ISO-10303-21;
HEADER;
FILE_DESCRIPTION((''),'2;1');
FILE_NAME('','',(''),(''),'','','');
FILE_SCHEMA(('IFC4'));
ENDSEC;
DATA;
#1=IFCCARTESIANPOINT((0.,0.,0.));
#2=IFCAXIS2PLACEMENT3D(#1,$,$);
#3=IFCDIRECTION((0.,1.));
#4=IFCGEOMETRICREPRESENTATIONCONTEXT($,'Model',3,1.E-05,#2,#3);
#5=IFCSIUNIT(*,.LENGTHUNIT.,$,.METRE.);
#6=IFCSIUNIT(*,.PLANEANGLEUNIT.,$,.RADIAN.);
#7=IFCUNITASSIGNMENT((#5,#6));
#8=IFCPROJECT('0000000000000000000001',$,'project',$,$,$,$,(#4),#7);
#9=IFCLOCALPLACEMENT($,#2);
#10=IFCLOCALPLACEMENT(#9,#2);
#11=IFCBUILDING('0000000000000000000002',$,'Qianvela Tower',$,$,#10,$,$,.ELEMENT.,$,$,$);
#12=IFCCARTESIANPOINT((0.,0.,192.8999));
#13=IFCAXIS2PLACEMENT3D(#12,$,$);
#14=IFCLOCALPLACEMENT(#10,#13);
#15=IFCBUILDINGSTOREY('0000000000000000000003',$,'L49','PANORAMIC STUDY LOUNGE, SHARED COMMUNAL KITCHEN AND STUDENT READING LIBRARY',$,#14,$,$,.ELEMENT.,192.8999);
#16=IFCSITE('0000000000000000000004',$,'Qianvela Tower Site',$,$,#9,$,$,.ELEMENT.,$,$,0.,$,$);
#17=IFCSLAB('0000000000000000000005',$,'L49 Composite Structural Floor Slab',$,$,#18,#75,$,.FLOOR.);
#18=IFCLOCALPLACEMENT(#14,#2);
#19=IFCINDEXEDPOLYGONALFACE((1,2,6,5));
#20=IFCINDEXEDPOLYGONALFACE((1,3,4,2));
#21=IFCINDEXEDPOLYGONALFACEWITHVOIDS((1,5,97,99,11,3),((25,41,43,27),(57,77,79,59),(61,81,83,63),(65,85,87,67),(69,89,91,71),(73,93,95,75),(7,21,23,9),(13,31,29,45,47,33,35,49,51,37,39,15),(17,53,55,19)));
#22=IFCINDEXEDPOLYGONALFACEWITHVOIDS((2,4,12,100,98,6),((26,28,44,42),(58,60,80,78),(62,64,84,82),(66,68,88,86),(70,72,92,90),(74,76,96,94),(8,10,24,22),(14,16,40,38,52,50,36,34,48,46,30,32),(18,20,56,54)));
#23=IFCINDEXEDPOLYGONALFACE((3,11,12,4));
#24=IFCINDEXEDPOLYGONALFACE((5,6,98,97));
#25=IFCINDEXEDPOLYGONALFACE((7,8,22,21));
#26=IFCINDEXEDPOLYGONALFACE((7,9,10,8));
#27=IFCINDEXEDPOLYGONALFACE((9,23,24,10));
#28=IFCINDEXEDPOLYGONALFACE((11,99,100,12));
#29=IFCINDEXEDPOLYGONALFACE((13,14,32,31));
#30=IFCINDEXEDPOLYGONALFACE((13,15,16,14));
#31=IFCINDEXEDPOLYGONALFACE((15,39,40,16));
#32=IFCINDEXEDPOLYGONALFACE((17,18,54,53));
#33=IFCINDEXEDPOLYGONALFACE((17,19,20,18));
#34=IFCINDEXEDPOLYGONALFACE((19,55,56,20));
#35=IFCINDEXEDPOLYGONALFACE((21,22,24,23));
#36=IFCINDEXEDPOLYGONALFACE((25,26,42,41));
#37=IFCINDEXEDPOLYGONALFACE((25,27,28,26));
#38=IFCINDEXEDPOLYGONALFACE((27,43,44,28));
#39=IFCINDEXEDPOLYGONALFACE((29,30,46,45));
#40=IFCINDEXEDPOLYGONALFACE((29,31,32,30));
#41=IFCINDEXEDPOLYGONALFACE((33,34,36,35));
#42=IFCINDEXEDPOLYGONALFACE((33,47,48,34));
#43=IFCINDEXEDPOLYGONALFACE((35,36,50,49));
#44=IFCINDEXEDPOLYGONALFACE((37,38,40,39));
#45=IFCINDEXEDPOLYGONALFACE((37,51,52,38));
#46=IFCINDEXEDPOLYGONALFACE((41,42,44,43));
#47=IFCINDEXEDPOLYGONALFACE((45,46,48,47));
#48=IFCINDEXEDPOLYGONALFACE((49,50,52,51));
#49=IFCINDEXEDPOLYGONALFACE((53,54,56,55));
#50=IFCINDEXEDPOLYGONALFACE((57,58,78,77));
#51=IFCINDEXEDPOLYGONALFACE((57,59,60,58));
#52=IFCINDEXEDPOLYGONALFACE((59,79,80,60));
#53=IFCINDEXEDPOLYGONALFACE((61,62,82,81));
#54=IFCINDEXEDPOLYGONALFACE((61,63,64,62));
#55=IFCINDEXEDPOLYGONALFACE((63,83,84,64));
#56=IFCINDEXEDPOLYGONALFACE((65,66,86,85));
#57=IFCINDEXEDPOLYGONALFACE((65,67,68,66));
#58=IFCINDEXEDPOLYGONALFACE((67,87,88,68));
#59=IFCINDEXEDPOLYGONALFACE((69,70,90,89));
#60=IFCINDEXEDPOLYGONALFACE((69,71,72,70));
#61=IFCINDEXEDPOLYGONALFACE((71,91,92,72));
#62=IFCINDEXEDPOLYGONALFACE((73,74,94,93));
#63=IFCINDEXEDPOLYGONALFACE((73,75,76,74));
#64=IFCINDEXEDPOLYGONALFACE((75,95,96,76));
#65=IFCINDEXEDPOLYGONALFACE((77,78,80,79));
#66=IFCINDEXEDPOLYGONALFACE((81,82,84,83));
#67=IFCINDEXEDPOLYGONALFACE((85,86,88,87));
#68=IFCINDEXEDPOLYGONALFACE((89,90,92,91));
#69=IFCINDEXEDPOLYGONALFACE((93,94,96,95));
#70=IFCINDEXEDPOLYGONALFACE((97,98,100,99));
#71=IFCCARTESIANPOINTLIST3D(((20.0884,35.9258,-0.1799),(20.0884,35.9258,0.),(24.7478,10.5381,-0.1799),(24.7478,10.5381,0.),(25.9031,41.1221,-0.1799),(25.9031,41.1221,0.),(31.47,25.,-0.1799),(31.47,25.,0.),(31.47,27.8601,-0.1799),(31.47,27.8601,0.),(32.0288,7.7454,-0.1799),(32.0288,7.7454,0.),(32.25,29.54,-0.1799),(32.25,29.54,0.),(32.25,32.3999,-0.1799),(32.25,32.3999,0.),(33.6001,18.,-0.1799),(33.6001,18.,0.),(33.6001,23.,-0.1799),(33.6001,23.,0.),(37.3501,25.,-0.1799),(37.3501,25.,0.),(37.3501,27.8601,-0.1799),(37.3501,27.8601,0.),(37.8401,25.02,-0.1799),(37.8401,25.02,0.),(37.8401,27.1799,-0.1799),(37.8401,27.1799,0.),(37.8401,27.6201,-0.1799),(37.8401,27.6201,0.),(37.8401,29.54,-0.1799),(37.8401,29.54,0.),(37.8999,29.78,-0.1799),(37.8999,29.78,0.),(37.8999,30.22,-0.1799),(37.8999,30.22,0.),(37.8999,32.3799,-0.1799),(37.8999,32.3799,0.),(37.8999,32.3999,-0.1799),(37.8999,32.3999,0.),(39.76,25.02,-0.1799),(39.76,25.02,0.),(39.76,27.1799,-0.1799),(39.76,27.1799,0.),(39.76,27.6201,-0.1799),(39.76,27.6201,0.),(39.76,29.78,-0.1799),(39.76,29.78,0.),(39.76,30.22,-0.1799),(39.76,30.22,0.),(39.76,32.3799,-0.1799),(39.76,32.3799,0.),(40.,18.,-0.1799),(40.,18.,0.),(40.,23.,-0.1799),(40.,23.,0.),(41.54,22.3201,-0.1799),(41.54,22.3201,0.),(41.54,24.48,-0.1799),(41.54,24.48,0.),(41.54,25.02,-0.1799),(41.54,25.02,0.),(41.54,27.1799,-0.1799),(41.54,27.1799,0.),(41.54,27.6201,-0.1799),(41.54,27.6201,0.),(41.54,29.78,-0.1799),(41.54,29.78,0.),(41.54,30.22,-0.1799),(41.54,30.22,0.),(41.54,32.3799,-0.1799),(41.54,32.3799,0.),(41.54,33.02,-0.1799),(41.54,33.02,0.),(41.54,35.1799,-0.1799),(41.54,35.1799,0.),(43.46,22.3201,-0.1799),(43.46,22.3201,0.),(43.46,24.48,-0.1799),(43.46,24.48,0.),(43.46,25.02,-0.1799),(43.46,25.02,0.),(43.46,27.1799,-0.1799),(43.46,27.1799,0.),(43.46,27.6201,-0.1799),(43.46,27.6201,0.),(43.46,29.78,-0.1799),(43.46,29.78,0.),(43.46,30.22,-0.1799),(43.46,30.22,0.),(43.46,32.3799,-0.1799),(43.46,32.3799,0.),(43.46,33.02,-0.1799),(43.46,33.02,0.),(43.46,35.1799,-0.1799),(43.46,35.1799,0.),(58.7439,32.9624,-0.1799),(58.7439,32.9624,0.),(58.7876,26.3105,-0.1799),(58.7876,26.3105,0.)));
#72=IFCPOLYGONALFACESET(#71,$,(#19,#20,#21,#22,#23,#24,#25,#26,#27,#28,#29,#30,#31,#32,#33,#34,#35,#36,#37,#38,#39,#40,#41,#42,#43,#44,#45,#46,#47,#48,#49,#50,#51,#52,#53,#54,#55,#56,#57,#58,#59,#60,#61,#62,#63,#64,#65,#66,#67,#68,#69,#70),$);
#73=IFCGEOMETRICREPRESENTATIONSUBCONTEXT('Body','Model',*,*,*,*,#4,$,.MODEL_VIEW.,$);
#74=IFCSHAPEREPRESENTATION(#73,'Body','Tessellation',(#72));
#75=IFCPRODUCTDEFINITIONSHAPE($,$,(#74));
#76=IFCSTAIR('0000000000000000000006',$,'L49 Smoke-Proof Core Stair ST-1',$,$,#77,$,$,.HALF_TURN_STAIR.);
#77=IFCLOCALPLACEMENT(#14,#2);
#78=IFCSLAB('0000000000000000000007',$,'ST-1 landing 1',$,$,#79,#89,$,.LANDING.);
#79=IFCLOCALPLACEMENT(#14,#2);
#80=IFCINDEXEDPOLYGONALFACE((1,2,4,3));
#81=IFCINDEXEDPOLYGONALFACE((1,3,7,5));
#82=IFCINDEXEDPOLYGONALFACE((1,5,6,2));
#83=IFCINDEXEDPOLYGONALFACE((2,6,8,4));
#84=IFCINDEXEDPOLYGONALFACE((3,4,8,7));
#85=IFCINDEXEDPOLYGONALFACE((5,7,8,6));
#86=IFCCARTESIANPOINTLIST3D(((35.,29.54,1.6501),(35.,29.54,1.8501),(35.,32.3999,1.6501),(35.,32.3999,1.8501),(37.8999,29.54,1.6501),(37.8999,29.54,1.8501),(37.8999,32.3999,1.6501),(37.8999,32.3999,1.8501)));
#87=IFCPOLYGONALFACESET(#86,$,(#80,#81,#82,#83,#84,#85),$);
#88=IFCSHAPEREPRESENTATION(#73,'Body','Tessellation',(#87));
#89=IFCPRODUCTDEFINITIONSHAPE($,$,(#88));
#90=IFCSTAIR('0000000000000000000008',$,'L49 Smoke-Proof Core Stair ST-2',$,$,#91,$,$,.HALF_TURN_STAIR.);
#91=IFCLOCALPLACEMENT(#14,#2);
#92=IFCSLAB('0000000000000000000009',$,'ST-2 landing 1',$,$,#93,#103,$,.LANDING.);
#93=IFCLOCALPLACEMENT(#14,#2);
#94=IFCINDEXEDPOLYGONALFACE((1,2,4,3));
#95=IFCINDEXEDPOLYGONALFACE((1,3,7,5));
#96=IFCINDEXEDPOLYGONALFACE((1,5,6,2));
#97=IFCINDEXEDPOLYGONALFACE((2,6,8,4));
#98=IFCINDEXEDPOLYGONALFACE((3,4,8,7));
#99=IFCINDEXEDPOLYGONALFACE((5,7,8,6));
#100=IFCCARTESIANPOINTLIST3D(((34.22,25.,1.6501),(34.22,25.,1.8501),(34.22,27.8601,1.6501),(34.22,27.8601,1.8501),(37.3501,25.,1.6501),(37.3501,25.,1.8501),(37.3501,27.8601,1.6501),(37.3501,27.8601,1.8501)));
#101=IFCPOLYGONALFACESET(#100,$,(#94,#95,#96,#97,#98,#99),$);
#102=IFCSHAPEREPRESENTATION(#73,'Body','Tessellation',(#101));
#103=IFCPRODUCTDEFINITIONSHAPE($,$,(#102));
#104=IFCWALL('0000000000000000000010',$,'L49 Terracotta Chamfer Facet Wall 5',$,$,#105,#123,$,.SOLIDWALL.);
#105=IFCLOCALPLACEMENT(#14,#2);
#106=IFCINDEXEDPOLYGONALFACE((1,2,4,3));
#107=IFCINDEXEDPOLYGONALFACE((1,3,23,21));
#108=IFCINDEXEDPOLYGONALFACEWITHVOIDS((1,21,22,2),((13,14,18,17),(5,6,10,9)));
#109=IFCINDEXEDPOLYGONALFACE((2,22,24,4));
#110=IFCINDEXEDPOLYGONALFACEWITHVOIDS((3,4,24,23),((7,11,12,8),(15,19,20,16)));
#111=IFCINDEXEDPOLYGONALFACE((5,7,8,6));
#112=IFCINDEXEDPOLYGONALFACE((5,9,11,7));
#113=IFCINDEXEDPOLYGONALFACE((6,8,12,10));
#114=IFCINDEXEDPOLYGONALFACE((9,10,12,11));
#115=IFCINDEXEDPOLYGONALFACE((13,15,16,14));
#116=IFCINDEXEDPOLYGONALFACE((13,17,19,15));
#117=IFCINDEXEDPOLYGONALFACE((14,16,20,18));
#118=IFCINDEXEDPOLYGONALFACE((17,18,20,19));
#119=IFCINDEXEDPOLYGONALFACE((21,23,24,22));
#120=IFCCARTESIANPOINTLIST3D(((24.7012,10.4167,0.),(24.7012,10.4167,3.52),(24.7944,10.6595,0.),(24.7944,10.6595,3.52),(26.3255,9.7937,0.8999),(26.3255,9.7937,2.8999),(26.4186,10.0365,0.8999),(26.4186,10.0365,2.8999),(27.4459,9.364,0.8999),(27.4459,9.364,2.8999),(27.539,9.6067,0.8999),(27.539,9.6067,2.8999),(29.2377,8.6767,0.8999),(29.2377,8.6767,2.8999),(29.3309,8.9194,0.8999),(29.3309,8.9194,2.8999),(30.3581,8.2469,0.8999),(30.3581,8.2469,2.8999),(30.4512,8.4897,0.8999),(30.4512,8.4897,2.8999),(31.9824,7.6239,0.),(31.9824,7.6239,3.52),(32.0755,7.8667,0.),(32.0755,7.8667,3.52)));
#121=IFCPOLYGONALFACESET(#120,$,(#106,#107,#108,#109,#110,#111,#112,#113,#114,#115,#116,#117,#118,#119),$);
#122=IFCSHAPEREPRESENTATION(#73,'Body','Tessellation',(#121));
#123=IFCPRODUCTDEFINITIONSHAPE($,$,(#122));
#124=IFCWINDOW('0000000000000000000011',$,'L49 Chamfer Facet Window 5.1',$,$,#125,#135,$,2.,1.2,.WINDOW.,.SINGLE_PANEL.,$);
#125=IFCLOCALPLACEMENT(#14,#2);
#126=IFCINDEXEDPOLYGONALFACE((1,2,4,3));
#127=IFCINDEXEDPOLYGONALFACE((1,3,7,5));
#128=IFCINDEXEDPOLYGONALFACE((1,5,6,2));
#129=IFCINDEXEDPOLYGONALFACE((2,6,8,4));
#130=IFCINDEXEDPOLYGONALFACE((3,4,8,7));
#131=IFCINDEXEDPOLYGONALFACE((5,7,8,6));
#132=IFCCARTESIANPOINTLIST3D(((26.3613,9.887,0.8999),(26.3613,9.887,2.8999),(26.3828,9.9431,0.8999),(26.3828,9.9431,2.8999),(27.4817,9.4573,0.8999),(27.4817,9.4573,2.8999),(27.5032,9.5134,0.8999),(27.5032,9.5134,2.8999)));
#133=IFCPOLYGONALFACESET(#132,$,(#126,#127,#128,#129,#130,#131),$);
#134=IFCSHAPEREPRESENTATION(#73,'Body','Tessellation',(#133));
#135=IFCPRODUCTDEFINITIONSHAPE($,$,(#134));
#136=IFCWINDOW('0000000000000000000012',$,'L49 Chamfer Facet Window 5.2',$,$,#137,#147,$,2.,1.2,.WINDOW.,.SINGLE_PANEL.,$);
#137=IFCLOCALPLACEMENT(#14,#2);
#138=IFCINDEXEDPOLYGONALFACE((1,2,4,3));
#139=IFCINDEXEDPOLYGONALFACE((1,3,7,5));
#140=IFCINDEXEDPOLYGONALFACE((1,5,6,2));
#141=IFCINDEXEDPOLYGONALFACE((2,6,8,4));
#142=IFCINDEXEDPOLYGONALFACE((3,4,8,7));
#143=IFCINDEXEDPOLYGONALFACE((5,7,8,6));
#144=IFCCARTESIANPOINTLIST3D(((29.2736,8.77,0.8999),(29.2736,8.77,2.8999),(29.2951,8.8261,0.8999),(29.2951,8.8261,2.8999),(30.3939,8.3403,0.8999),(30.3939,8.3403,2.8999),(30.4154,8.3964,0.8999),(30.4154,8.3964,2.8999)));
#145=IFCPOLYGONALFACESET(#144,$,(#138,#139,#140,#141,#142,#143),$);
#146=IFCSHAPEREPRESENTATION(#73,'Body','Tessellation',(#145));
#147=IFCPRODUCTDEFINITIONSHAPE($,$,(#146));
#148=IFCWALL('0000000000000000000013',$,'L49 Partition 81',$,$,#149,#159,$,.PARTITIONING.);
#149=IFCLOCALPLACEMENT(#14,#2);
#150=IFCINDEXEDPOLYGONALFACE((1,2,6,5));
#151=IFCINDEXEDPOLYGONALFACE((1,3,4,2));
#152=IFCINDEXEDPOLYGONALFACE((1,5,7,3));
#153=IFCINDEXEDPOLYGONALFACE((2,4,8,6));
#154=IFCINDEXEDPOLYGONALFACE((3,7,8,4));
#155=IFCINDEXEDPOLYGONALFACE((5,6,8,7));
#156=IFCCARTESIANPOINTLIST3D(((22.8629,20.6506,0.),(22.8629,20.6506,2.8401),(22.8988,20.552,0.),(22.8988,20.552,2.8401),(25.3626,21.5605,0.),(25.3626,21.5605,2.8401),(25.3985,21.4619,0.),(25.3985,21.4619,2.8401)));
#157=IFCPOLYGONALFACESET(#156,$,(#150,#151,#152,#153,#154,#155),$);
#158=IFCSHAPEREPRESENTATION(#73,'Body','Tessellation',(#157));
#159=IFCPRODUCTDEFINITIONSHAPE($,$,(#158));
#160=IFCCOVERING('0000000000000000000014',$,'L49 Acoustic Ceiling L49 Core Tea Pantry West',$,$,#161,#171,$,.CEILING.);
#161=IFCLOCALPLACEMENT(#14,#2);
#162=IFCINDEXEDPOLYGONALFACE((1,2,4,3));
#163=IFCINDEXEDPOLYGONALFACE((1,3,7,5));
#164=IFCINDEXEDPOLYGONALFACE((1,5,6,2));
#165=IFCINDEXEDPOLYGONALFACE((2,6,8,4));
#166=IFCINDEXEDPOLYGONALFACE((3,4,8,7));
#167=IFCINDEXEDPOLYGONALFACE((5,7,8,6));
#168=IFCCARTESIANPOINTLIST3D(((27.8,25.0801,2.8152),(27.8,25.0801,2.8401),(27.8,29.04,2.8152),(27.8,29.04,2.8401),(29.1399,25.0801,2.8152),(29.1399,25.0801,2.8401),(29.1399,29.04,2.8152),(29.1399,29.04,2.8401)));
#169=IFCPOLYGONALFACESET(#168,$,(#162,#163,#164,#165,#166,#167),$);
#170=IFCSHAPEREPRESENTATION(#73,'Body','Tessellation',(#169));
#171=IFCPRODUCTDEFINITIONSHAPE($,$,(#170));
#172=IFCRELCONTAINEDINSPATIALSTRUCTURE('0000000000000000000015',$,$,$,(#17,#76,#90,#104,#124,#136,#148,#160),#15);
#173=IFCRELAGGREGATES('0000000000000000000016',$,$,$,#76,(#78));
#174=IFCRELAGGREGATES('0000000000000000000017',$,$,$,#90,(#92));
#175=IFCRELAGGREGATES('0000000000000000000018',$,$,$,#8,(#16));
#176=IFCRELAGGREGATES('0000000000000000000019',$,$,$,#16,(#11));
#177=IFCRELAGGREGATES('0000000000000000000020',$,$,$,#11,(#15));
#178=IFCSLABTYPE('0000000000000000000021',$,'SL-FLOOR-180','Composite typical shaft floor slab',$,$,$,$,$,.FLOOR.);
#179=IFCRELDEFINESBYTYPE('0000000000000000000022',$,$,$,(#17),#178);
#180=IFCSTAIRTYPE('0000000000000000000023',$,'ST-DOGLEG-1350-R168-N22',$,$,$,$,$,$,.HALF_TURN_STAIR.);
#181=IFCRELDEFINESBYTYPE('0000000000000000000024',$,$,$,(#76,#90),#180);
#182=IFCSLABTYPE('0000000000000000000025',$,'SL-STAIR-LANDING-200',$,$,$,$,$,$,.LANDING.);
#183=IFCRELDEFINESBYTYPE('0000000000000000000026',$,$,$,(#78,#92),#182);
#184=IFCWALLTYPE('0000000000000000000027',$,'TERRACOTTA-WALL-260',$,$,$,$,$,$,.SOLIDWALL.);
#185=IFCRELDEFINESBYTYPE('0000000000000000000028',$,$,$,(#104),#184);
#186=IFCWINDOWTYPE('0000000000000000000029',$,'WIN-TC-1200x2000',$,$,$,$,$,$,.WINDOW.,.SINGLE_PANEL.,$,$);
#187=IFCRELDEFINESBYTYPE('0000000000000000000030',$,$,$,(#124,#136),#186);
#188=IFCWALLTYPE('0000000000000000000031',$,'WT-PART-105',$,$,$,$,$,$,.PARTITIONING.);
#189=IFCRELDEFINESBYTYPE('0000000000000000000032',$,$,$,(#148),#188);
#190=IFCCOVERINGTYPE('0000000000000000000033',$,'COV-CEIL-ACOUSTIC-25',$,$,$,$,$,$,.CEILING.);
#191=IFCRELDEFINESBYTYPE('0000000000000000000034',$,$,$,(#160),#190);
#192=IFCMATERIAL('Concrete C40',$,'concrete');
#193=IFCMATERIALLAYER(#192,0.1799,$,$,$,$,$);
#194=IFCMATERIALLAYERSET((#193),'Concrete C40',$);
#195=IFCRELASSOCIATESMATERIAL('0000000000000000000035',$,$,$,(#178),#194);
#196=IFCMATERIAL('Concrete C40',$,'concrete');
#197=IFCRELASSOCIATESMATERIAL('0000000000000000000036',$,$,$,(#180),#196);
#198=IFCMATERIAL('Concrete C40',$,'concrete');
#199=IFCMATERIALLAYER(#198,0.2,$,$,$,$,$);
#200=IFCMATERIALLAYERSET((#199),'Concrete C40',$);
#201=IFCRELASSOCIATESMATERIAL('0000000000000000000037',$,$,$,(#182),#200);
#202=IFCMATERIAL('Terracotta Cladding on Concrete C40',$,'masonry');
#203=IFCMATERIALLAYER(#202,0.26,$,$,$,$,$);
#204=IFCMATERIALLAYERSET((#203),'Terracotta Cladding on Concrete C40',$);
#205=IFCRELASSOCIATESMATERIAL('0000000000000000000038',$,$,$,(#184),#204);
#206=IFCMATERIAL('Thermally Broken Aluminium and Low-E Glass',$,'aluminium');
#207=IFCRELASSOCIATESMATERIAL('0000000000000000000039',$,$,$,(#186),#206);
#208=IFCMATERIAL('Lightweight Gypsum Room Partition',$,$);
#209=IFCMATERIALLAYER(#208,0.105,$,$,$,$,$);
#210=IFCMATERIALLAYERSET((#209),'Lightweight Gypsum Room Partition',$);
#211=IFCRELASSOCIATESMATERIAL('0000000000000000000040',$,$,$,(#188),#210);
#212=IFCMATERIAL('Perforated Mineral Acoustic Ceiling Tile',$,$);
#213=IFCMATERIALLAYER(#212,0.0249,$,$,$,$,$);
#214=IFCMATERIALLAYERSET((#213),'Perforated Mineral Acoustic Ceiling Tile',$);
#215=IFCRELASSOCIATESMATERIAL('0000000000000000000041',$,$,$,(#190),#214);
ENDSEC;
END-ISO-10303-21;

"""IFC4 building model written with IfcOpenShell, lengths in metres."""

from ifc_helpers import new_model, si_unit, direction, frame, frame_2d, origin, place, context, subcontext, project, spatial, polyline, rectangle, outline, extrude, material, layer, layer_set, type_object, element, fill, aggregate, save


model = new_model("IFC4")

# Units and contexts
model_context = context("Model", 3, precision=1e-05, world=origin(), true_north=direction((0.0, 1.0)))
body_context = subcontext(model_context, "Body", "Model", "MODEL_VIEW")
ifc_project = project(units=[si_unit("LENGTHUNIT", "METRE"), si_unit("PLANEANGLEUNIT", "RADIAN")], contexts=[model_context])

# Site, building, storey
site_placement = place(None, origin())
site = spatial("IfcSite", under=ifc_project, at=site_placement, Name="Qianvela Tower Site", CompositionType="ELEMENT", RefElevation=0.0)
building_placement = place(site_placement, origin())
building = spatial("IfcBuilding", under=site, at=building_placement, Name="Qianvela Tower", CompositionType="ELEMENT")
storey_placement = place(building_placement, frame((0.0, 0.0, 192.8999)))
storey = spatial("IfcBuildingStorey", under=building, at=storey_placement, Name="L49", Description="PANORAMIC STUDY LOUNGE, SHARED COMMUNAL KITCHEN AND STUDENT READING LIBRARY", CompositionType="ELEMENT", Elevation=192.8999)

# Slab
ifc_material_1 = material(Name="Concrete C40", Category="concrete")
ifc_layer_1 = layer(ifc_material_1, 0.1799)
ifc_layer_set_1 = layer_set([ifc_layer_1], Name="Concrete C40")
slab_type_1 = type_object("IfcSlabType", Name="SL-FLOOR-180", Description="Composite typical shaft floor slab", PredefinedType="FLOOR", material=ifc_layer_set_1)
slab_1_placement = place(storey_placement, frame((0.0, 0.0, -0.1799)))
element("IfcSlab", 1, at=slab_1_placement, inside=storey, type_object=slab_type_1, Name="L49 Composite Structural Floor Slab", PredefinedType="FLOOR", context=body_context, shape_type="SweptSolid", body=[
    extrude(outline(polyline([(58.7876, 26.3105), (58.7439, 32.9624), (25.9031, 41.1221), (20.0884, 35.9258), (24.7478, 10.5381), (32.0288, 7.7454), (58.7876, 26.3105)]), holes=[polyline([(40.0, 23.0), (33.6001, 23.0), (33.6001, 18.0), (40.0, 18.0), (40.0, 23.0)]), polyline([(39.76, 27.1799), (37.8401, 27.1799), (37.8401, 25.02), (39.76, 25.02), (39.76, 27.1799)]), polyline([(37.3501, 27.8601), (31.47, 27.8601), (31.47, 25.0), (37.3501, 25.0), (37.3501, 27.8601)]), polyline([(37.8401, 27.6201), (39.76, 27.6201), (39.76, 29.78), (37.8999, 29.78), (37.8999, 30.22), (39.76, 30.22), (39.76, 32.3799), (37.8999, 32.3799), (37.8999, 32.3999), (32.25, 32.3999), (32.25, 29.54), (37.8401, 29.54), (37.8401, 27.6201)]), polyline([(43.46, 22.3201), (43.46, 24.48), (41.54, 24.48), (41.54, 22.3201), (43.46, 22.3201)]), polyline([(43.46, 25.02), (43.46, 27.1799), (41.54, 27.1799), (41.54, 25.02), (43.46, 25.02)]), polyline([(43.46, 29.78), (41.54, 29.78), (41.54, 27.6201), (43.46, 27.6201), (43.46, 29.78)]), polyline([(43.46, 30.22), (43.46, 32.3799), (41.54, 32.3799), (41.54, 30.22), (43.46, 30.22)]), polyline([(43.46, 33.02), (43.46, 35.1799), (41.54, 35.1799), (41.54, 33.02), (43.46, 33.02)])]), origin(), (0.0, 0.0, 1.0), 0.1799),
])

# Stairs, slabs
ifc_material_2 = material(Name="Concrete C40", Category="concrete")
stair_type = type_object("IfcStairType", Name="ST-DOGLEG-1350-R168-N22", PredefinedType="HALF_TURN_STAIR", material=ifc_material_2)
stair_1_placement = place(storey_placement, origin())
stair_1 = element("IfcStair", 2, at=stair_1_placement, inside=storey, type_object=stair_type, Name="L49 Smoke-Proof Core Stair ST-1", PredefinedType="HALF_TURN_STAIR")
ifc_material_3 = material(Name="Concrete C40", Category="concrete")
ifc_layer_2 = layer(ifc_material_3, 0.2)
ifc_layer_set_2 = layer_set([ifc_layer_2], Name="Concrete C40")
slab_type_2 = type_object("IfcSlabType", Name="SL-STAIR-LANDING-200", PredefinedType="LANDING", material=ifc_layer_set_2)
slab_2_placement = place(storey_placement, frame((0.0, 0.0, 1.6501)))
slab_2 = element("IfcSlab", 3, at=slab_2_placement, type_object=slab_type_2, Name="ST-1 landing 1", PredefinedType="LANDING", context=body_context, shape_type="SweptSolid", body=[
    extrude(outline(polyline([(35.0, 29.54), (37.8999, 29.54), (37.8999, 32.3999), (35.0, 32.3999), (35.0, 29.54)])), origin(), (0.0, 0.0, 1.0), 0.2),
])
aggregate(stair_1, [slab_2])
stair_2_placement = place(storey_placement, origin())
stair_2 = element("IfcStair", 4, at=stair_2_placement, inside=storey, type_object=stair_type, Name="L49 Smoke-Proof Core Stair ST-2", PredefinedType="HALF_TURN_STAIR")
slab_3_placement = place(storey_placement, frame((0.0, 0.0, 1.6501)))
slab_3 = element("IfcSlab", 5, at=slab_3_placement, type_object=slab_type_2, Name="ST-2 landing 1", PredefinedType="LANDING", context=body_context, shape_type="SweptSolid", body=[
    extrude(outline(polyline([(34.22, 25.0), (37.3501, 25.0), (37.3501, 27.8601), (34.22, 27.8601), (34.22, 25.0)])), origin(), (0.0, 0.0, 1.0), 0.2),
])
aggregate(stair_2, [slab_3])

# Wall, openings, windows
ifc_material_4 = material(Name="Terracotta Cladding on Concrete C40", Category="masonry")
ifc_layer_3 = layer(ifc_material_4, 0.26)
ifc_layer_set_3 = layer_set([ifc_layer_3], Name="Terracotta Cladding on Concrete C40")
wall_type_1 = type_object("IfcWallType", Name="TERRACOTTA-WALL-260", PredefinedType="SOLIDWALL", material=ifc_layer_set_3)
wall_1_placement = place(storey_placement, frame((24.7478, 10.5381, 0.0), z_axis=(0.0, 0.0, 1.0), x_axis=(0.933674, -0.358123, 0.0)))
wall_1 = element("IfcWall", 6, at=wall_1_placement, inside=storey, type_object=wall_type_1, Name="L49 Terracotta Chamfer Facet Wall 5", PredefinedType="SOLIDWALL", context=body_context, shape_type="SweptSolid", body=[
    extrude(rectangle(XDim=7.7983, YDim=0.26, at=frame_2d((3.8992, 0.0))), origin(), (0.0, 0.0, 1.0), 3.52),
])
opening_1_placement = place(wall_1_placement, frame((1.7395, 0.0, 0.8999)))
opening_1 = element("IfcOpeningElement", 7, at=opening_1_placement, cuts=wall_1, PredefinedType="OPENING", context=body_context, shape_type="SweptSolid", body=[
    extrude(rectangle(XDim=1.2, YDim=2.0, at=frame_2d((0.6001, 1.0))), frame((0.0, 0.1399, 0.0), z_axis=(0.0, -1.0, 0.0), x_axis=(1.0, 0.0, 0.0)), (0.0, 0.0, 1.0), 0.28),
])
opening_2_placement = place(wall_1_placement, frame((4.8586, 0.0, 0.8999)))
opening_2 = element("IfcOpeningElement", 8, at=opening_2_placement, cuts=wall_1, PredefinedType="OPENING", context=body_context, shape_type="SweptSolid", body=[
    extrude(rectangle(XDim=1.2, YDim=2.0, at=frame_2d((0.6001, 1.0))), frame((0.0, 0.1399, 0.0), z_axis=(0.0, -1.0, 0.0), x_axis=(1.0, 0.0, 0.0)), (0.0, 0.0, 1.0), 0.28),
])
ifc_material_5 = material(Name="Thermally Broken Aluminium and Low-E Glass", Category="aluminium")
window_type = type_object("IfcWindowType", Name="WIN-TC-1200x2000", PartitioningType="SINGLE_PANEL", PredefinedType="WINDOW", material=ifc_material_5)
window_1_placement = place(opening_1_placement, origin())
window_1 = element("IfcWindow", 9, at=window_1_placement, inside=storey, type_object=window_type, Name="L49 Chamfer Facet Window 5.1", OverallHeight=2.0, OverallWidth=1.2, PartitioningType="SINGLE_PANEL", PredefinedType="WINDOW", context=body_context, shape_type="SweptSolid", body=[
    extrude(rectangle(XDim=1.2, YDim=2.0, at=frame_2d((0.6001, 1.0))), frame((0.0, 0.03, 0.0), z_axis=(0.0, -1.0, 0.0), x_axis=(1.0, 0.0, 0.0)), (0.0, 0.0, 1.0), 0.0601),
])
fill(opening_1, window_1)
window_2_placement = place(opening_2_placement, origin())
window_2 = element("IfcWindow", 10, at=window_2_placement, inside=storey, type_object=window_type, Name="L49 Chamfer Facet Window 5.2", OverallHeight=2.0, OverallWidth=1.2, PartitioningType="SINGLE_PANEL", PredefinedType="WINDOW", context=body_context, shape_type="SweptSolid", body=[
    extrude(rectangle(XDim=1.2, YDim=2.0, at=frame_2d((0.6001, 1.0))), frame((0.0, 0.03, 0.0), z_axis=(0.0, -1.0, 0.0), x_axis=(1.0, 0.0, 0.0)), (0.0, 0.0, 1.0), 0.0601),
])
fill(opening_2, window_2)

# Wall
ifc_material_6 = material(Name="Lightweight Gypsum Room Partition")
ifc_layer_4 = layer(ifc_material_6, 0.105)
ifc_layer_set_4 = layer_set([ifc_layer_4], Name="Lightweight Gypsum Room Partition")
wall_type_2 = type_object("IfcWallType", Name="WT-PART-105", PredefinedType="PARTITIONING", material=ifc_layer_set_4)
wall_2_placement = place(storey_placement, frame((22.8809, 20.6013, 0.0), z_axis=(0.0, 0.0, 1.0), x_axis=(0.939684, 0.342045, 0.0)))
element("IfcWall", 11, at=wall_2_placement, inside=storey, type_object=wall_type_2, Name="L49 Partition 81", PredefinedType="PARTITIONING", context=body_context, shape_type="SweptSolid", body=[
    extrude(rectangle(XDim=2.6602, YDim=0.105, at=frame_2d((1.3301, 0.0))), origin(), (0.0, 0.0, 1.0), 2.8401),
])

# Covering
ifc_material_7 = material(Name="Perforated Mineral Acoustic Ceiling Tile")
ifc_layer_5 = layer(ifc_material_7, 0.0249)
ifc_layer_set_5 = layer_set([ifc_layer_5], Name="Perforated Mineral Acoustic Ceiling Tile")
covering_type_1 = type_object("IfcCoveringType", Name="COV-CEIL-ACOUSTIC-25", PredefinedType="CEILING", material=ifc_layer_set_5)
covering_1_placement = place(storey_placement, frame((0.0, 0.0, 2.8152)))
element("IfcCovering", 12, at=covering_1_placement, inside=storey, type_object=covering_type_1, Name="L49 Acoustic Ceiling L49 Core Tea Pantry West", PredefinedType="CEILING", context=body_context, shape_type="SweptSolid", body=[
    extrude(outline(polyline([(27.8, 25.0801), (27.8, 29.04), (29.1399, 29.04), (29.1399, 25.0801), (27.8, 25.0801)])), origin(), (0.0, 0.0, 1.0), 0.0249),
])

save(model, "model.ifc")
